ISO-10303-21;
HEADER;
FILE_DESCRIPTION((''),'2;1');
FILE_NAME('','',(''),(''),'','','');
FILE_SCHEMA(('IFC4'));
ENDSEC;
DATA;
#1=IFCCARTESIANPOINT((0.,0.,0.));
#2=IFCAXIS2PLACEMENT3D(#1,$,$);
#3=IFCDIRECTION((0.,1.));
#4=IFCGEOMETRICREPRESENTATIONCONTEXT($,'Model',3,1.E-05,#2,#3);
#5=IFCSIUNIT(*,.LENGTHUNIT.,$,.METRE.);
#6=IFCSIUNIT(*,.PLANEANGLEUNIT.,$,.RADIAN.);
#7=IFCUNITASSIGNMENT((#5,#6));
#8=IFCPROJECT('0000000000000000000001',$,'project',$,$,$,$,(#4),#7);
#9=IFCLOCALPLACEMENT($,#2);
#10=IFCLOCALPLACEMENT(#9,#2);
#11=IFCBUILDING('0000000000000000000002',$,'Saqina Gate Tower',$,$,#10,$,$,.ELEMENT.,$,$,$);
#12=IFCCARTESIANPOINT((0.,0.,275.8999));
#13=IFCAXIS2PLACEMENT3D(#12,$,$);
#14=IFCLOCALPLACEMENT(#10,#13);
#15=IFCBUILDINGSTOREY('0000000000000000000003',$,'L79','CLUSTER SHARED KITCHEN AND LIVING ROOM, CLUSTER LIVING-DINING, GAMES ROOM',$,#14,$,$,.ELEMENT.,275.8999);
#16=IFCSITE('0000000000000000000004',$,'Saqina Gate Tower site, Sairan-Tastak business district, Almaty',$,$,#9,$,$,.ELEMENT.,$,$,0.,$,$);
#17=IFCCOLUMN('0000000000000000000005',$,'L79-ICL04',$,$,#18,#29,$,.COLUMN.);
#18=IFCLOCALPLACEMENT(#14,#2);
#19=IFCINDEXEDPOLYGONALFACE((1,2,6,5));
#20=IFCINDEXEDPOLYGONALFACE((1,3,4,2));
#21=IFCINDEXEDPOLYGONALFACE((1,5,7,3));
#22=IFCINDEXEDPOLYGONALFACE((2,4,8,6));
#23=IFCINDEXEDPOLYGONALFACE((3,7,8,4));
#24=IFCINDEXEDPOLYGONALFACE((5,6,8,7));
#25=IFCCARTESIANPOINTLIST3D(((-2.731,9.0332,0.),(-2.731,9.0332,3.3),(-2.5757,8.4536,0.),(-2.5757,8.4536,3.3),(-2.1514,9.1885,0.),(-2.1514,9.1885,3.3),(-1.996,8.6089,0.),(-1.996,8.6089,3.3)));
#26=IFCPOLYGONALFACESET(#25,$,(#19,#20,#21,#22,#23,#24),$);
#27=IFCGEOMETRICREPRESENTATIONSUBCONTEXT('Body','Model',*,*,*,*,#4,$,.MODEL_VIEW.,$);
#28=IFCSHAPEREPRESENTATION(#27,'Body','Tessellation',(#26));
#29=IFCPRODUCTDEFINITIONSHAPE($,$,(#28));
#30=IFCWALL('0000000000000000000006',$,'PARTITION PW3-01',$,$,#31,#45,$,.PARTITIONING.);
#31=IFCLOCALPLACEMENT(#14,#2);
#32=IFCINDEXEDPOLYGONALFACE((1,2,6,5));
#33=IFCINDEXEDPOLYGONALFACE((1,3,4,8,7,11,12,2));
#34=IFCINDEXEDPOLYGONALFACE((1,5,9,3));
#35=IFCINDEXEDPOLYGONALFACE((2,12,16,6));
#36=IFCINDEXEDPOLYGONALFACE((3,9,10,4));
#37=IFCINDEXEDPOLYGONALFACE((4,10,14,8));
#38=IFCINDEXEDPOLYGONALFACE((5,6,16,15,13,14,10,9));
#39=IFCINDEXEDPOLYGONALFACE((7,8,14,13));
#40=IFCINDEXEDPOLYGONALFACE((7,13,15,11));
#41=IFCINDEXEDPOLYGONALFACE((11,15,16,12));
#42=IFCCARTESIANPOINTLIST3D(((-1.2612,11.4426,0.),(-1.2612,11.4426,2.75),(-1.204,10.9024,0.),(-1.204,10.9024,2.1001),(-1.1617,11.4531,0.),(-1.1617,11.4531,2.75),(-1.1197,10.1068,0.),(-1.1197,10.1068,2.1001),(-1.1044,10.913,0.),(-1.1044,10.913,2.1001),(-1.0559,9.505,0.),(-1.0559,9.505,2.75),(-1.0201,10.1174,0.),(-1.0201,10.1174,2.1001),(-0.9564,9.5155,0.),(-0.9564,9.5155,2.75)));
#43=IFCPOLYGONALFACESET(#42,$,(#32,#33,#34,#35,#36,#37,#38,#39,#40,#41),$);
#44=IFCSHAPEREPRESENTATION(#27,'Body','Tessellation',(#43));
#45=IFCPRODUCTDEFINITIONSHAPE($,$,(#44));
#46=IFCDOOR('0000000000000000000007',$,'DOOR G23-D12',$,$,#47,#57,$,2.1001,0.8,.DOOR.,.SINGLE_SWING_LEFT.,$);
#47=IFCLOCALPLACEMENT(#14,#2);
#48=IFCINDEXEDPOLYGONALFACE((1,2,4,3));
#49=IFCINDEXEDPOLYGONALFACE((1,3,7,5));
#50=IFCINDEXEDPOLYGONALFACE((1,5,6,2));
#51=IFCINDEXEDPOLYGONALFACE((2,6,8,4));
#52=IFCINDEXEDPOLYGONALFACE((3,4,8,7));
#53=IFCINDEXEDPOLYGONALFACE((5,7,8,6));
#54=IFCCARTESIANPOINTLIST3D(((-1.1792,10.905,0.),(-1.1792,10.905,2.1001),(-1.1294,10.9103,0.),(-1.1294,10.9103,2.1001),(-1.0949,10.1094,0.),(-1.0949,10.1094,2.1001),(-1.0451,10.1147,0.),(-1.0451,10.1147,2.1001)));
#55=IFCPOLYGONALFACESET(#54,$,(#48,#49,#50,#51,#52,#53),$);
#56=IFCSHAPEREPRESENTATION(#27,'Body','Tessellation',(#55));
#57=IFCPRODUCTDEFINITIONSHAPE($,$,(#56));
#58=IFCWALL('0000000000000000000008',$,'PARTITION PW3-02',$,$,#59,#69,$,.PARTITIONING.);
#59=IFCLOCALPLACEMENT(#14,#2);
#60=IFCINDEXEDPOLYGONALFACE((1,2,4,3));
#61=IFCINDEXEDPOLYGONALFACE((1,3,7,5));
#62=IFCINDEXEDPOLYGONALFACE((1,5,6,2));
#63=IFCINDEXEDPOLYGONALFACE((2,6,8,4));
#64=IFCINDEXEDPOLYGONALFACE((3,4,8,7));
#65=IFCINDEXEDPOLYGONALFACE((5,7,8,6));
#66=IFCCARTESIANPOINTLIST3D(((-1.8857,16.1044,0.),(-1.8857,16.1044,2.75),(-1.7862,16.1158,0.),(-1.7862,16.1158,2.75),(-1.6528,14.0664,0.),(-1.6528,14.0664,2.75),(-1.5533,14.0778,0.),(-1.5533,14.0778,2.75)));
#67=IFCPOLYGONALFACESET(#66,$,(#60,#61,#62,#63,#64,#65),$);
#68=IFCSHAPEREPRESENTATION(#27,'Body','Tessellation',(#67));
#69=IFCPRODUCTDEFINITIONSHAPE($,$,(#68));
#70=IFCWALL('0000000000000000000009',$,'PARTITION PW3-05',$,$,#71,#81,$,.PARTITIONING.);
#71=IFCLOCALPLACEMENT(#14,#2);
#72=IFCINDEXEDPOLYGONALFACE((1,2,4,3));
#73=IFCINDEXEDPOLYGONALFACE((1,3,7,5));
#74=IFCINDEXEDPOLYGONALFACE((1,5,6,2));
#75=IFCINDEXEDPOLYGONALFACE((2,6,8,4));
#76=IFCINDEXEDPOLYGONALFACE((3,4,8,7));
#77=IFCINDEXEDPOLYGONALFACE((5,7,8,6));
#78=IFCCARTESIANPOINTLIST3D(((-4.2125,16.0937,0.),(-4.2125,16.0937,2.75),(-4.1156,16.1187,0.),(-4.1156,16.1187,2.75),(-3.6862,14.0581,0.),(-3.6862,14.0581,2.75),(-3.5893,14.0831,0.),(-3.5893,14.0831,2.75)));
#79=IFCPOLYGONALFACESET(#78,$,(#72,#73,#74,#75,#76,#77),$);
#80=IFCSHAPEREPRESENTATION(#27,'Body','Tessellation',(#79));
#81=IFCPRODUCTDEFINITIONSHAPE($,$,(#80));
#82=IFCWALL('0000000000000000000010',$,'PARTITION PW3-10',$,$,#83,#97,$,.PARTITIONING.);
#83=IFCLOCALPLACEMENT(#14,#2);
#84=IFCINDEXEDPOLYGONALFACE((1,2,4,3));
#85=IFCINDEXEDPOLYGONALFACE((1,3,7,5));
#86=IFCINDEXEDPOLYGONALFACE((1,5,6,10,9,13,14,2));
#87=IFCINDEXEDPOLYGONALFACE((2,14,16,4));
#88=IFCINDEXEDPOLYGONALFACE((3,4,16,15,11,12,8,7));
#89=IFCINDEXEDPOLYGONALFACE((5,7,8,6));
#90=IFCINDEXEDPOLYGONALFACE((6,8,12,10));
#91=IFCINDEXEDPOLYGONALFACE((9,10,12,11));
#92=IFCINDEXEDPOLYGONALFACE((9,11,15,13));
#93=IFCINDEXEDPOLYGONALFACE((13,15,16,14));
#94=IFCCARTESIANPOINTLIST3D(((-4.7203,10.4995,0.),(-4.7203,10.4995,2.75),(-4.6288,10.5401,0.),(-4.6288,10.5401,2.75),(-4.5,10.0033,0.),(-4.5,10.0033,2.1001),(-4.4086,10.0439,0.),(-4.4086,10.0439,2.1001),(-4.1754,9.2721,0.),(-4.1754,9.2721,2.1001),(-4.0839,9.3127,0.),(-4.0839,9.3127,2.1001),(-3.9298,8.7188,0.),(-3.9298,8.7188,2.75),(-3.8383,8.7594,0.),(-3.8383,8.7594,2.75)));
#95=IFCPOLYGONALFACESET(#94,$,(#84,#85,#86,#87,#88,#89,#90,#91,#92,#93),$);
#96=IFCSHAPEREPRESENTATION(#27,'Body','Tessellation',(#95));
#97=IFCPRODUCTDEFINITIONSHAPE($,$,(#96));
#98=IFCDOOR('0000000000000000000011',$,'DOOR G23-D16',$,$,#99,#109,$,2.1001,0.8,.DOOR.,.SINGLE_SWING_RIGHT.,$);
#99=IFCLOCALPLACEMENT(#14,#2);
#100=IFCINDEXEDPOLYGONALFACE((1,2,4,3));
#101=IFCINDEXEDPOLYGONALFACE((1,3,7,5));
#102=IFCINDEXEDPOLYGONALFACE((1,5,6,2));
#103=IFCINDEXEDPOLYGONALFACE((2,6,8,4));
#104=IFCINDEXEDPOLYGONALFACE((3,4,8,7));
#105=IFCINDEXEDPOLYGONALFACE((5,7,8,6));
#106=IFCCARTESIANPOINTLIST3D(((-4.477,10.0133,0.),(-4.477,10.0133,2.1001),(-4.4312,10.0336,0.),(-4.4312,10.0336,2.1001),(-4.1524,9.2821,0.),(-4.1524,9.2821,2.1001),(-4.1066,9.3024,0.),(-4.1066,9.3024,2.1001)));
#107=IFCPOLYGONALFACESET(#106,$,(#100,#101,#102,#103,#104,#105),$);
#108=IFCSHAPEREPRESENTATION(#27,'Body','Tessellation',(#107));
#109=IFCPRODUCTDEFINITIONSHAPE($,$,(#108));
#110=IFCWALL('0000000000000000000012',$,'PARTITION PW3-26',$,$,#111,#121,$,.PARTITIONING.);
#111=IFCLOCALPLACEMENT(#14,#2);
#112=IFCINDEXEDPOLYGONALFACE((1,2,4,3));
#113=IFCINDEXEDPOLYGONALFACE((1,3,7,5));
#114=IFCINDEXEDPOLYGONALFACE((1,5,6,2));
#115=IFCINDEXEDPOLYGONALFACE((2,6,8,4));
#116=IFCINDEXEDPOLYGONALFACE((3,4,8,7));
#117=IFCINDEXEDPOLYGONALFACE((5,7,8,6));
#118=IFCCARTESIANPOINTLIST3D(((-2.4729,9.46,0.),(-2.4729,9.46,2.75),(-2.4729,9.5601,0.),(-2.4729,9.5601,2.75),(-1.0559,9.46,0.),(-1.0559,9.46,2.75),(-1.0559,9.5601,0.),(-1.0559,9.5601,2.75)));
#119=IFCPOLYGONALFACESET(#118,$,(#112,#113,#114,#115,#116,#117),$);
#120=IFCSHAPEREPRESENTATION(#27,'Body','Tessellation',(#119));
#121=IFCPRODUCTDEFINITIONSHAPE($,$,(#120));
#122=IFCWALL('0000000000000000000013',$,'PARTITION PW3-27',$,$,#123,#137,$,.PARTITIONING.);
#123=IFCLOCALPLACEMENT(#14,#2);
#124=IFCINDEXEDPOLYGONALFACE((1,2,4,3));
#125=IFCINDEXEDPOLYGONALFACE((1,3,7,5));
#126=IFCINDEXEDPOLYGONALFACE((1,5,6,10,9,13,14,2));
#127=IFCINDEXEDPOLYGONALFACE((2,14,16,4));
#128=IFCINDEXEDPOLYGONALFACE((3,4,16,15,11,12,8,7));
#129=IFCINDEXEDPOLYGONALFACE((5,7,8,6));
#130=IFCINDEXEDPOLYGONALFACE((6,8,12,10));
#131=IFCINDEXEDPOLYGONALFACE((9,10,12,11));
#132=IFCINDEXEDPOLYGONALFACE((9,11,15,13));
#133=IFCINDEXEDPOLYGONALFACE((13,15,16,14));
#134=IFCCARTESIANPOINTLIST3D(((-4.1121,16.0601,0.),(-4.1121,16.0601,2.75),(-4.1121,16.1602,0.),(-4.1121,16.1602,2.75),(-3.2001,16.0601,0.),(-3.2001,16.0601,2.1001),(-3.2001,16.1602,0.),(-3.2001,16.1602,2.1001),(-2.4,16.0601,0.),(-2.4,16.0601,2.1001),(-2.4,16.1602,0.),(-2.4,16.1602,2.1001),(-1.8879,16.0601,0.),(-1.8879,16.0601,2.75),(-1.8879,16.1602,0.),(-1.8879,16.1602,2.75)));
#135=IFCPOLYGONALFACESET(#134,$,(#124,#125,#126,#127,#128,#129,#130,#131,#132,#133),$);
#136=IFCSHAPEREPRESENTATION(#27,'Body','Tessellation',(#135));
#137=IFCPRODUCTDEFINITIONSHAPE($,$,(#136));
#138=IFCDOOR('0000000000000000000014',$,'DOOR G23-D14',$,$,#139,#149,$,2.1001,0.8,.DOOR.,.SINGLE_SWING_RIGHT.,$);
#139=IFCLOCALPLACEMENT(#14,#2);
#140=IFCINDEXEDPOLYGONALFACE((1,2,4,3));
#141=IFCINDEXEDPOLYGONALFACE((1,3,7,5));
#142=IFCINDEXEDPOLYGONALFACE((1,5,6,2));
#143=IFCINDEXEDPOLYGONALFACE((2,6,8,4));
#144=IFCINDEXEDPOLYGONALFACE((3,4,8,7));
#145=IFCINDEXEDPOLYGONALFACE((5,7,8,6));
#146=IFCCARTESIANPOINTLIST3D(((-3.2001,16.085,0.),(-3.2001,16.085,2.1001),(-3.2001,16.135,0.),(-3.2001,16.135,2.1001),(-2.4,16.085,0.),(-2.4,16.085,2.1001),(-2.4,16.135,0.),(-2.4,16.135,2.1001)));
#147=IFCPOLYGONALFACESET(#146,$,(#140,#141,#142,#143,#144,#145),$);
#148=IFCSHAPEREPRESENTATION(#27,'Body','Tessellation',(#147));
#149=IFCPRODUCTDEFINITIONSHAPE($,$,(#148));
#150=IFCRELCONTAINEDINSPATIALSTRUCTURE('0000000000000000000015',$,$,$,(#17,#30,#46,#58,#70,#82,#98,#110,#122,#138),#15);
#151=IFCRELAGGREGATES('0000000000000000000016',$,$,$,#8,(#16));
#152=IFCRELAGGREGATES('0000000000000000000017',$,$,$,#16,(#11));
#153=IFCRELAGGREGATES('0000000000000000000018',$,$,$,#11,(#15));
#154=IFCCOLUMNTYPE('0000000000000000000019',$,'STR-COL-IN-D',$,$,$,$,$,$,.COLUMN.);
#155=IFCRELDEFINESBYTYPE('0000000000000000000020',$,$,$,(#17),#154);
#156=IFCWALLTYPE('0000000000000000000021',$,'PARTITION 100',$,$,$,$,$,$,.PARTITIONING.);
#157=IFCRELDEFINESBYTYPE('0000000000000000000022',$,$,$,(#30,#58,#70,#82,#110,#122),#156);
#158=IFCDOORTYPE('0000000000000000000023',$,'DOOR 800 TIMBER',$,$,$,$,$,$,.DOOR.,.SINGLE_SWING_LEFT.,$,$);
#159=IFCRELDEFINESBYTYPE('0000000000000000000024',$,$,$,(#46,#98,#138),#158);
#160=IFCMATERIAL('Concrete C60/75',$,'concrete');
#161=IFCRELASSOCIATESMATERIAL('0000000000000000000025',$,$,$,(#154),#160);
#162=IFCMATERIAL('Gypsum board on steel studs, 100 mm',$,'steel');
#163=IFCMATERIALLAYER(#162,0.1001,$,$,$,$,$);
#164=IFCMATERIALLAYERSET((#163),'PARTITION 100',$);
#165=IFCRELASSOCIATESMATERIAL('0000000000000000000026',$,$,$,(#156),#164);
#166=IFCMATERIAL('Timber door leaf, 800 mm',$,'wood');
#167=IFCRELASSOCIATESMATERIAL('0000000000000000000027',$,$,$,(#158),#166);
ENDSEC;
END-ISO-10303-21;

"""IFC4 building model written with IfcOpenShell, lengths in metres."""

from ifc_helpers import new_model, si_unit, direction, frame, frame_2d, origin, origin_2d, place, context, subcontext, project, spatial, rectangle, extrude, material, layer, layer_set, material_profile, profile_set, type_object, element, fill, save


model = new_model("IFC4")

# Units and contexts
model_context = context("Model", 3, precision=1e-05, world=origin(), true_north=direction((0.0, 1.0)))
body_context = subcontext(model_context, "Body", "Model", "MODEL_VIEW")
ifc_project = project(units=[si_unit("LENGTHUNIT", "METRE"), si_unit("PLANEANGLEUNIT", "RADIAN")], contexts=[model_context])

# Site, building, storey
site_placement = place(None, origin())
site = spatial("IfcSite", under=ifc_project, at=site_placement, Name="Saqina Gate Tower site, Sairan-Tastak business district, Almaty", CompositionType="ELEMENT", RefElevation=0.0)
building_placement = place(site_placement, origin())
building = spatial("IfcBuilding", under=site, at=building_placement, Name="Saqina Gate Tower", CompositionType="ELEMENT")
storey_placement = place(building_placement, frame((0.0, 0.0, 275.8999)))
storey = spatial("IfcBuildingStorey", under=building, at=storey_placement, Name="L79", Description="CLUSTER SHARED KITCHEN AND LIVING ROOM, CLUSTER LIVING-DINING, GAMES ROOM", CompositionType="ELEMENT", Elevation=275.8999)

# Column
ifc_material_1 = material(Name="Concrete C60/75", Category="concrete")
ifc_material_profile = material_profile(ifc_material_1, rectangle(XDim=0.6001, YDim=0.6001, at=origin_2d()), Name="RC 600x600")
ifc_profile_set = profile_set([ifc_material_profile], Name="Concrete C60/75")
column_type = type_object("IfcColumnType", Name="STR-COL-IN-D", PredefinedType="COLUMN", material=ifc_profile_set)
column_placement = place(storey_placement, frame((-2.3635, 8.821, 0.0), z_axis=(0.0, 0.0, 1.0), x_axis=(-0.258819, 0.965926, 0.0)))
element("IfcColumn", 1, at=column_placement, inside=storey, type_object=column_type, Name="L79-ICL04", PredefinedType="COLUMN", context=body_context, shape_type="SweptSolid", body=[
    extrude(rectangle(XDim=0.6001, YDim=0.6001, at=origin_2d()), origin(), (0.0, 0.0, 1.0), 3.3),
])

# Wall, opening, door
ifc_material_2 = material(Name="Gypsum board on steel studs, 100 mm", Category="steel")
ifc_layer_1 = layer(ifc_material_2, 0.1001)
ifc_layer_set_1 = layer_set([ifc_layer_1], Name="PARTITION 100")
wall_type_1 = type_object("IfcWallType", Name="PARTITION 100", PredefinedType="PARTITIONING", material=ifc_layer_set_1)
wall_1_placement = place(storey_placement, frame((-1.2114, 11.4478, 0.0), z_axis=(0.0, 0.0, 1.0), x_axis=(0.10537, -0.994433, 0.0)))
wall_1 = element("IfcWall", 2, at=wall_1_placement, inside=storey, type_object=wall_type_1, Name="PARTITION PW3-01", PredefinedType="PARTITIONING", context=body_context, shape_type="SweptSolid", body=[
    extrude(rectangle(XDim=1.9485, YDim=0.1001, at=frame_2d((0.9741, 0.0))), origin(), (0.0, 0.0, 1.0), 2.75),
])
opening_1_placement = place(wall_1_placement, frame((0.5432, 0.0, 0.0)))
opening_1 = element("IfcOpeningElement", 3, at=opening_1_placement, cuts=wall_1, PredefinedType="OPENING", context=body_context, shape_type="SweptSolid", body=[
    extrude(rectangle(XDim=0.8, YDim=2.1001, at=frame_2d((0.3999, 1.05))), frame((0.0, 0.062, 0.0), z_axis=(0.0, -1.0, 0.0), x_axis=(1.0, 0.0, 0.0)), (0.0, 0.0, 1.0), 0.124),
])
ifc_material_3 = material(Name="Timber door leaf, 800 mm", Category="wood")
door_type_1 = type_object("IfcDoorType", Name="DOOR 800 TIMBER", OperationType="SINGLE_SWING_LEFT", PredefinedType="DOOR", material=ifc_material_3)
door_1_placement = place(opening_1_placement, origin())
door_1 = element("IfcDoor", 4, at=door_1_placement, inside=storey, type_object=door_type_1, Name="DOOR G23-D12", OperationType="SINGLE_SWING_LEFT", OverallHeight=2.1001, OverallWidth=0.8, PredefinedType="DOOR", context=body_context, shape_type="SweptSolid", body=[
    extrude(rectangle(XDim=0.8, YDim=2.1001, at=frame_2d((0.3999, 1.05))), frame((0.0, 0.0249, 0.0), z_axis=(0.0, -1.0, 0.0), x_axis=(1.0, 0.0, 0.0)), (0.0, 0.0, 1.0), 0.05),
])
fill(opening_1, door_1)

# Walls
wall_2_placement = place(storey_placement, frame((-1.8359, 16.1101, 0.0), z_axis=(0.0, 0.0, 1.0), x_axis=(0.11354, -0.993533, 0.0)))
element("IfcWall", 5, at=wall_2_placement, inside=storey, type_object=wall_type_1, Name="PARTITION PW3-02", PredefinedType="PARTITIONING", context=body_context, shape_type="SweptSolid", body=[
    extrude(rectangle(XDim=2.0513, YDim=0.1001, at=frame_2d((1.0256, 0.0))), origin(), (0.0, 0.0, 1.0), 2.75),
])
wall_3_placement = place(storey_placement, frame((-4.1641, 16.1062, 0.0), z_axis=(0.0, 0.0, 1.0), x_axis=(0.250342, -0.968158, 0.0)))
element("IfcWall", 6, at=wall_3_placement, inside=storey, type_object=wall_type_1, Name="PARTITION PW3-05", PredefinedType="PARTITIONING", context=body_context, shape_type="SweptSolid", body=[
    extrude(rectangle(XDim=2.1025, YDim=0.1001, at=frame_2d((1.0513, 0.0))), origin(), (0.0, 0.0, 1.0), 2.75),
])

# Wall, opening, door
wall_4_placement = place(storey_placement, frame((-4.6746, 10.5198, 0.0), z_axis=(0.0, 0.0, 1.0), x_axis=(0.405743, -0.913987, 0.0)))
wall_4 = element("IfcWall", 7, at=wall_4_placement, inside=storey, type_object=wall_type_1, Name="PARTITION PW3-10", PredefinedType="PARTITIONING", context=body_context, shape_type="SweptSolid", body=[
    extrude(rectangle(XDim=1.9482, YDim=0.1001, at=frame_2d((0.9741, 0.0))), origin(), (0.0, 0.0, 1.0), 2.75),
])
opening_2_placement = place(wall_4_placement, frame((0.543, 0.0, 0.0)))
opening_2 = element("IfcOpeningElement", 8, at=opening_2_placement, cuts=wall_4, PredefinedType="OPENING", context=body_context, shape_type="SweptSolid", body=[
    extrude(rectangle(XDim=0.8, YDim=2.1001, at=frame_2d((0.3999, 1.05))), frame((0.0, 0.062, 0.0), z_axis=(0.0, -1.0, 0.0), x_axis=(1.0, 0.0, 0.0)), (0.0, 0.0, 1.0), 0.124),
])
door_2_placement = place(opening_2_placement, frame((0.8, 0.0, 0.0), z_axis=(0.0, 0.0, 1.0), x_axis=(-1.0, 0.0, 0.0)))
door_2 = element("IfcDoor", 9, at=door_2_placement, inside=storey, type_object=door_type_1, Name="DOOR G23-D16", OperationType="SINGLE_SWING_RIGHT", OverallHeight=2.1001, OverallWidth=0.8, PredefinedType="DOOR", context=body_context, shape_type="SweptSolid", body=[
    extrude(rectangle(XDim=0.8, YDim=2.1001, at=frame_2d((0.3999, 1.05))), frame((0.0, 0.0249, 0.0), z_axis=(0.0, -1.0, 0.0), x_axis=(1.0, 0.0, 0.0)), (0.0, 0.0, 1.0), 0.05),
])
fill(opening_2, door_2)

# Wall
wall_5_placement = place(storey_placement, frame((-2.4729, 9.51, 0.0), z_axis=(0.0, 0.0, 1.0), x_axis=(1.0, 0.0, 0.0)))
element("IfcWall", 10, at=wall_5_placement, inside=storey, type_object=wall_type_1, Name="PARTITION PW3-26", PredefinedType="PARTITIONING", context=body_context, shape_type="SweptSolid", body=[
    extrude(rectangle(XDim=1.417, YDim=0.1001, at=frame_2d((0.7085, 0.0))), origin(), (0.0, 0.0, 1.0), 2.75),
])

# Wall, opening, door
wall_6_placement = place(storey_placement, frame((-4.1121, 16.1101, 0.0), z_axis=(0.0, 0.0, 1.0), x_axis=(1.0, 0.0, 0.0)))
wall_6 = element("IfcWall", 11, at=wall_6_placement, inside=storey, type_object=wall_type_1, Name="PARTITION PW3-27", PredefinedType="PARTITIONING", context=body_context, shape_type="SweptSolid", body=[
    extrude(rectangle(XDim=2.2241, YDim=0.1001, at=frame_2d((1.1121, 0.0))), origin(), (0.0, 0.0, 1.0), 2.75),
])
opening_3_placement = place(wall_6_placement, frame((0.9121, 0.0, 0.0)))
opening_3 = element("IfcOpeningElement", 12, at=opening_3_placement, cuts=wall_6, PredefinedType="OPENING", context=body_context, shape_type="SweptSolid", body=[
    extrude(rectangle(XDim=0.8, YDim=2.1001, at=frame_2d((0.3999, 1.05))), frame((0.0, 0.062, 0.0), z_axis=(0.0, -1.0, 0.0), x_axis=(1.0, 0.0, 0.0)), (0.0, 0.0, 1.0), 0.124),
])
door_3_placement = place(opening_3_placement, origin())
door_3 = element("IfcDoor", 13, at=door_3_placement, inside=storey, type_object=door_type_1, Name="DOOR G23-D14", OperationType="SINGLE_SWING_RIGHT", OverallHeight=2.1001, OverallWidth=0.8, PredefinedType="DOOR", context=body_context, shape_type="SweptSolid", body=[
    extrude(rectangle(XDim=0.8, YDim=2.1001, at=frame_2d((0.3999, 1.05))), frame((0.0, 0.0249, 0.0), z_axis=(0.0, -1.0, 0.0), x_axis=(1.0, 0.0, 0.0)), (0.0, 0.0, 1.0), 0.05),
])
fill(opening_3, door_3)

save(model, "model.ifc")
